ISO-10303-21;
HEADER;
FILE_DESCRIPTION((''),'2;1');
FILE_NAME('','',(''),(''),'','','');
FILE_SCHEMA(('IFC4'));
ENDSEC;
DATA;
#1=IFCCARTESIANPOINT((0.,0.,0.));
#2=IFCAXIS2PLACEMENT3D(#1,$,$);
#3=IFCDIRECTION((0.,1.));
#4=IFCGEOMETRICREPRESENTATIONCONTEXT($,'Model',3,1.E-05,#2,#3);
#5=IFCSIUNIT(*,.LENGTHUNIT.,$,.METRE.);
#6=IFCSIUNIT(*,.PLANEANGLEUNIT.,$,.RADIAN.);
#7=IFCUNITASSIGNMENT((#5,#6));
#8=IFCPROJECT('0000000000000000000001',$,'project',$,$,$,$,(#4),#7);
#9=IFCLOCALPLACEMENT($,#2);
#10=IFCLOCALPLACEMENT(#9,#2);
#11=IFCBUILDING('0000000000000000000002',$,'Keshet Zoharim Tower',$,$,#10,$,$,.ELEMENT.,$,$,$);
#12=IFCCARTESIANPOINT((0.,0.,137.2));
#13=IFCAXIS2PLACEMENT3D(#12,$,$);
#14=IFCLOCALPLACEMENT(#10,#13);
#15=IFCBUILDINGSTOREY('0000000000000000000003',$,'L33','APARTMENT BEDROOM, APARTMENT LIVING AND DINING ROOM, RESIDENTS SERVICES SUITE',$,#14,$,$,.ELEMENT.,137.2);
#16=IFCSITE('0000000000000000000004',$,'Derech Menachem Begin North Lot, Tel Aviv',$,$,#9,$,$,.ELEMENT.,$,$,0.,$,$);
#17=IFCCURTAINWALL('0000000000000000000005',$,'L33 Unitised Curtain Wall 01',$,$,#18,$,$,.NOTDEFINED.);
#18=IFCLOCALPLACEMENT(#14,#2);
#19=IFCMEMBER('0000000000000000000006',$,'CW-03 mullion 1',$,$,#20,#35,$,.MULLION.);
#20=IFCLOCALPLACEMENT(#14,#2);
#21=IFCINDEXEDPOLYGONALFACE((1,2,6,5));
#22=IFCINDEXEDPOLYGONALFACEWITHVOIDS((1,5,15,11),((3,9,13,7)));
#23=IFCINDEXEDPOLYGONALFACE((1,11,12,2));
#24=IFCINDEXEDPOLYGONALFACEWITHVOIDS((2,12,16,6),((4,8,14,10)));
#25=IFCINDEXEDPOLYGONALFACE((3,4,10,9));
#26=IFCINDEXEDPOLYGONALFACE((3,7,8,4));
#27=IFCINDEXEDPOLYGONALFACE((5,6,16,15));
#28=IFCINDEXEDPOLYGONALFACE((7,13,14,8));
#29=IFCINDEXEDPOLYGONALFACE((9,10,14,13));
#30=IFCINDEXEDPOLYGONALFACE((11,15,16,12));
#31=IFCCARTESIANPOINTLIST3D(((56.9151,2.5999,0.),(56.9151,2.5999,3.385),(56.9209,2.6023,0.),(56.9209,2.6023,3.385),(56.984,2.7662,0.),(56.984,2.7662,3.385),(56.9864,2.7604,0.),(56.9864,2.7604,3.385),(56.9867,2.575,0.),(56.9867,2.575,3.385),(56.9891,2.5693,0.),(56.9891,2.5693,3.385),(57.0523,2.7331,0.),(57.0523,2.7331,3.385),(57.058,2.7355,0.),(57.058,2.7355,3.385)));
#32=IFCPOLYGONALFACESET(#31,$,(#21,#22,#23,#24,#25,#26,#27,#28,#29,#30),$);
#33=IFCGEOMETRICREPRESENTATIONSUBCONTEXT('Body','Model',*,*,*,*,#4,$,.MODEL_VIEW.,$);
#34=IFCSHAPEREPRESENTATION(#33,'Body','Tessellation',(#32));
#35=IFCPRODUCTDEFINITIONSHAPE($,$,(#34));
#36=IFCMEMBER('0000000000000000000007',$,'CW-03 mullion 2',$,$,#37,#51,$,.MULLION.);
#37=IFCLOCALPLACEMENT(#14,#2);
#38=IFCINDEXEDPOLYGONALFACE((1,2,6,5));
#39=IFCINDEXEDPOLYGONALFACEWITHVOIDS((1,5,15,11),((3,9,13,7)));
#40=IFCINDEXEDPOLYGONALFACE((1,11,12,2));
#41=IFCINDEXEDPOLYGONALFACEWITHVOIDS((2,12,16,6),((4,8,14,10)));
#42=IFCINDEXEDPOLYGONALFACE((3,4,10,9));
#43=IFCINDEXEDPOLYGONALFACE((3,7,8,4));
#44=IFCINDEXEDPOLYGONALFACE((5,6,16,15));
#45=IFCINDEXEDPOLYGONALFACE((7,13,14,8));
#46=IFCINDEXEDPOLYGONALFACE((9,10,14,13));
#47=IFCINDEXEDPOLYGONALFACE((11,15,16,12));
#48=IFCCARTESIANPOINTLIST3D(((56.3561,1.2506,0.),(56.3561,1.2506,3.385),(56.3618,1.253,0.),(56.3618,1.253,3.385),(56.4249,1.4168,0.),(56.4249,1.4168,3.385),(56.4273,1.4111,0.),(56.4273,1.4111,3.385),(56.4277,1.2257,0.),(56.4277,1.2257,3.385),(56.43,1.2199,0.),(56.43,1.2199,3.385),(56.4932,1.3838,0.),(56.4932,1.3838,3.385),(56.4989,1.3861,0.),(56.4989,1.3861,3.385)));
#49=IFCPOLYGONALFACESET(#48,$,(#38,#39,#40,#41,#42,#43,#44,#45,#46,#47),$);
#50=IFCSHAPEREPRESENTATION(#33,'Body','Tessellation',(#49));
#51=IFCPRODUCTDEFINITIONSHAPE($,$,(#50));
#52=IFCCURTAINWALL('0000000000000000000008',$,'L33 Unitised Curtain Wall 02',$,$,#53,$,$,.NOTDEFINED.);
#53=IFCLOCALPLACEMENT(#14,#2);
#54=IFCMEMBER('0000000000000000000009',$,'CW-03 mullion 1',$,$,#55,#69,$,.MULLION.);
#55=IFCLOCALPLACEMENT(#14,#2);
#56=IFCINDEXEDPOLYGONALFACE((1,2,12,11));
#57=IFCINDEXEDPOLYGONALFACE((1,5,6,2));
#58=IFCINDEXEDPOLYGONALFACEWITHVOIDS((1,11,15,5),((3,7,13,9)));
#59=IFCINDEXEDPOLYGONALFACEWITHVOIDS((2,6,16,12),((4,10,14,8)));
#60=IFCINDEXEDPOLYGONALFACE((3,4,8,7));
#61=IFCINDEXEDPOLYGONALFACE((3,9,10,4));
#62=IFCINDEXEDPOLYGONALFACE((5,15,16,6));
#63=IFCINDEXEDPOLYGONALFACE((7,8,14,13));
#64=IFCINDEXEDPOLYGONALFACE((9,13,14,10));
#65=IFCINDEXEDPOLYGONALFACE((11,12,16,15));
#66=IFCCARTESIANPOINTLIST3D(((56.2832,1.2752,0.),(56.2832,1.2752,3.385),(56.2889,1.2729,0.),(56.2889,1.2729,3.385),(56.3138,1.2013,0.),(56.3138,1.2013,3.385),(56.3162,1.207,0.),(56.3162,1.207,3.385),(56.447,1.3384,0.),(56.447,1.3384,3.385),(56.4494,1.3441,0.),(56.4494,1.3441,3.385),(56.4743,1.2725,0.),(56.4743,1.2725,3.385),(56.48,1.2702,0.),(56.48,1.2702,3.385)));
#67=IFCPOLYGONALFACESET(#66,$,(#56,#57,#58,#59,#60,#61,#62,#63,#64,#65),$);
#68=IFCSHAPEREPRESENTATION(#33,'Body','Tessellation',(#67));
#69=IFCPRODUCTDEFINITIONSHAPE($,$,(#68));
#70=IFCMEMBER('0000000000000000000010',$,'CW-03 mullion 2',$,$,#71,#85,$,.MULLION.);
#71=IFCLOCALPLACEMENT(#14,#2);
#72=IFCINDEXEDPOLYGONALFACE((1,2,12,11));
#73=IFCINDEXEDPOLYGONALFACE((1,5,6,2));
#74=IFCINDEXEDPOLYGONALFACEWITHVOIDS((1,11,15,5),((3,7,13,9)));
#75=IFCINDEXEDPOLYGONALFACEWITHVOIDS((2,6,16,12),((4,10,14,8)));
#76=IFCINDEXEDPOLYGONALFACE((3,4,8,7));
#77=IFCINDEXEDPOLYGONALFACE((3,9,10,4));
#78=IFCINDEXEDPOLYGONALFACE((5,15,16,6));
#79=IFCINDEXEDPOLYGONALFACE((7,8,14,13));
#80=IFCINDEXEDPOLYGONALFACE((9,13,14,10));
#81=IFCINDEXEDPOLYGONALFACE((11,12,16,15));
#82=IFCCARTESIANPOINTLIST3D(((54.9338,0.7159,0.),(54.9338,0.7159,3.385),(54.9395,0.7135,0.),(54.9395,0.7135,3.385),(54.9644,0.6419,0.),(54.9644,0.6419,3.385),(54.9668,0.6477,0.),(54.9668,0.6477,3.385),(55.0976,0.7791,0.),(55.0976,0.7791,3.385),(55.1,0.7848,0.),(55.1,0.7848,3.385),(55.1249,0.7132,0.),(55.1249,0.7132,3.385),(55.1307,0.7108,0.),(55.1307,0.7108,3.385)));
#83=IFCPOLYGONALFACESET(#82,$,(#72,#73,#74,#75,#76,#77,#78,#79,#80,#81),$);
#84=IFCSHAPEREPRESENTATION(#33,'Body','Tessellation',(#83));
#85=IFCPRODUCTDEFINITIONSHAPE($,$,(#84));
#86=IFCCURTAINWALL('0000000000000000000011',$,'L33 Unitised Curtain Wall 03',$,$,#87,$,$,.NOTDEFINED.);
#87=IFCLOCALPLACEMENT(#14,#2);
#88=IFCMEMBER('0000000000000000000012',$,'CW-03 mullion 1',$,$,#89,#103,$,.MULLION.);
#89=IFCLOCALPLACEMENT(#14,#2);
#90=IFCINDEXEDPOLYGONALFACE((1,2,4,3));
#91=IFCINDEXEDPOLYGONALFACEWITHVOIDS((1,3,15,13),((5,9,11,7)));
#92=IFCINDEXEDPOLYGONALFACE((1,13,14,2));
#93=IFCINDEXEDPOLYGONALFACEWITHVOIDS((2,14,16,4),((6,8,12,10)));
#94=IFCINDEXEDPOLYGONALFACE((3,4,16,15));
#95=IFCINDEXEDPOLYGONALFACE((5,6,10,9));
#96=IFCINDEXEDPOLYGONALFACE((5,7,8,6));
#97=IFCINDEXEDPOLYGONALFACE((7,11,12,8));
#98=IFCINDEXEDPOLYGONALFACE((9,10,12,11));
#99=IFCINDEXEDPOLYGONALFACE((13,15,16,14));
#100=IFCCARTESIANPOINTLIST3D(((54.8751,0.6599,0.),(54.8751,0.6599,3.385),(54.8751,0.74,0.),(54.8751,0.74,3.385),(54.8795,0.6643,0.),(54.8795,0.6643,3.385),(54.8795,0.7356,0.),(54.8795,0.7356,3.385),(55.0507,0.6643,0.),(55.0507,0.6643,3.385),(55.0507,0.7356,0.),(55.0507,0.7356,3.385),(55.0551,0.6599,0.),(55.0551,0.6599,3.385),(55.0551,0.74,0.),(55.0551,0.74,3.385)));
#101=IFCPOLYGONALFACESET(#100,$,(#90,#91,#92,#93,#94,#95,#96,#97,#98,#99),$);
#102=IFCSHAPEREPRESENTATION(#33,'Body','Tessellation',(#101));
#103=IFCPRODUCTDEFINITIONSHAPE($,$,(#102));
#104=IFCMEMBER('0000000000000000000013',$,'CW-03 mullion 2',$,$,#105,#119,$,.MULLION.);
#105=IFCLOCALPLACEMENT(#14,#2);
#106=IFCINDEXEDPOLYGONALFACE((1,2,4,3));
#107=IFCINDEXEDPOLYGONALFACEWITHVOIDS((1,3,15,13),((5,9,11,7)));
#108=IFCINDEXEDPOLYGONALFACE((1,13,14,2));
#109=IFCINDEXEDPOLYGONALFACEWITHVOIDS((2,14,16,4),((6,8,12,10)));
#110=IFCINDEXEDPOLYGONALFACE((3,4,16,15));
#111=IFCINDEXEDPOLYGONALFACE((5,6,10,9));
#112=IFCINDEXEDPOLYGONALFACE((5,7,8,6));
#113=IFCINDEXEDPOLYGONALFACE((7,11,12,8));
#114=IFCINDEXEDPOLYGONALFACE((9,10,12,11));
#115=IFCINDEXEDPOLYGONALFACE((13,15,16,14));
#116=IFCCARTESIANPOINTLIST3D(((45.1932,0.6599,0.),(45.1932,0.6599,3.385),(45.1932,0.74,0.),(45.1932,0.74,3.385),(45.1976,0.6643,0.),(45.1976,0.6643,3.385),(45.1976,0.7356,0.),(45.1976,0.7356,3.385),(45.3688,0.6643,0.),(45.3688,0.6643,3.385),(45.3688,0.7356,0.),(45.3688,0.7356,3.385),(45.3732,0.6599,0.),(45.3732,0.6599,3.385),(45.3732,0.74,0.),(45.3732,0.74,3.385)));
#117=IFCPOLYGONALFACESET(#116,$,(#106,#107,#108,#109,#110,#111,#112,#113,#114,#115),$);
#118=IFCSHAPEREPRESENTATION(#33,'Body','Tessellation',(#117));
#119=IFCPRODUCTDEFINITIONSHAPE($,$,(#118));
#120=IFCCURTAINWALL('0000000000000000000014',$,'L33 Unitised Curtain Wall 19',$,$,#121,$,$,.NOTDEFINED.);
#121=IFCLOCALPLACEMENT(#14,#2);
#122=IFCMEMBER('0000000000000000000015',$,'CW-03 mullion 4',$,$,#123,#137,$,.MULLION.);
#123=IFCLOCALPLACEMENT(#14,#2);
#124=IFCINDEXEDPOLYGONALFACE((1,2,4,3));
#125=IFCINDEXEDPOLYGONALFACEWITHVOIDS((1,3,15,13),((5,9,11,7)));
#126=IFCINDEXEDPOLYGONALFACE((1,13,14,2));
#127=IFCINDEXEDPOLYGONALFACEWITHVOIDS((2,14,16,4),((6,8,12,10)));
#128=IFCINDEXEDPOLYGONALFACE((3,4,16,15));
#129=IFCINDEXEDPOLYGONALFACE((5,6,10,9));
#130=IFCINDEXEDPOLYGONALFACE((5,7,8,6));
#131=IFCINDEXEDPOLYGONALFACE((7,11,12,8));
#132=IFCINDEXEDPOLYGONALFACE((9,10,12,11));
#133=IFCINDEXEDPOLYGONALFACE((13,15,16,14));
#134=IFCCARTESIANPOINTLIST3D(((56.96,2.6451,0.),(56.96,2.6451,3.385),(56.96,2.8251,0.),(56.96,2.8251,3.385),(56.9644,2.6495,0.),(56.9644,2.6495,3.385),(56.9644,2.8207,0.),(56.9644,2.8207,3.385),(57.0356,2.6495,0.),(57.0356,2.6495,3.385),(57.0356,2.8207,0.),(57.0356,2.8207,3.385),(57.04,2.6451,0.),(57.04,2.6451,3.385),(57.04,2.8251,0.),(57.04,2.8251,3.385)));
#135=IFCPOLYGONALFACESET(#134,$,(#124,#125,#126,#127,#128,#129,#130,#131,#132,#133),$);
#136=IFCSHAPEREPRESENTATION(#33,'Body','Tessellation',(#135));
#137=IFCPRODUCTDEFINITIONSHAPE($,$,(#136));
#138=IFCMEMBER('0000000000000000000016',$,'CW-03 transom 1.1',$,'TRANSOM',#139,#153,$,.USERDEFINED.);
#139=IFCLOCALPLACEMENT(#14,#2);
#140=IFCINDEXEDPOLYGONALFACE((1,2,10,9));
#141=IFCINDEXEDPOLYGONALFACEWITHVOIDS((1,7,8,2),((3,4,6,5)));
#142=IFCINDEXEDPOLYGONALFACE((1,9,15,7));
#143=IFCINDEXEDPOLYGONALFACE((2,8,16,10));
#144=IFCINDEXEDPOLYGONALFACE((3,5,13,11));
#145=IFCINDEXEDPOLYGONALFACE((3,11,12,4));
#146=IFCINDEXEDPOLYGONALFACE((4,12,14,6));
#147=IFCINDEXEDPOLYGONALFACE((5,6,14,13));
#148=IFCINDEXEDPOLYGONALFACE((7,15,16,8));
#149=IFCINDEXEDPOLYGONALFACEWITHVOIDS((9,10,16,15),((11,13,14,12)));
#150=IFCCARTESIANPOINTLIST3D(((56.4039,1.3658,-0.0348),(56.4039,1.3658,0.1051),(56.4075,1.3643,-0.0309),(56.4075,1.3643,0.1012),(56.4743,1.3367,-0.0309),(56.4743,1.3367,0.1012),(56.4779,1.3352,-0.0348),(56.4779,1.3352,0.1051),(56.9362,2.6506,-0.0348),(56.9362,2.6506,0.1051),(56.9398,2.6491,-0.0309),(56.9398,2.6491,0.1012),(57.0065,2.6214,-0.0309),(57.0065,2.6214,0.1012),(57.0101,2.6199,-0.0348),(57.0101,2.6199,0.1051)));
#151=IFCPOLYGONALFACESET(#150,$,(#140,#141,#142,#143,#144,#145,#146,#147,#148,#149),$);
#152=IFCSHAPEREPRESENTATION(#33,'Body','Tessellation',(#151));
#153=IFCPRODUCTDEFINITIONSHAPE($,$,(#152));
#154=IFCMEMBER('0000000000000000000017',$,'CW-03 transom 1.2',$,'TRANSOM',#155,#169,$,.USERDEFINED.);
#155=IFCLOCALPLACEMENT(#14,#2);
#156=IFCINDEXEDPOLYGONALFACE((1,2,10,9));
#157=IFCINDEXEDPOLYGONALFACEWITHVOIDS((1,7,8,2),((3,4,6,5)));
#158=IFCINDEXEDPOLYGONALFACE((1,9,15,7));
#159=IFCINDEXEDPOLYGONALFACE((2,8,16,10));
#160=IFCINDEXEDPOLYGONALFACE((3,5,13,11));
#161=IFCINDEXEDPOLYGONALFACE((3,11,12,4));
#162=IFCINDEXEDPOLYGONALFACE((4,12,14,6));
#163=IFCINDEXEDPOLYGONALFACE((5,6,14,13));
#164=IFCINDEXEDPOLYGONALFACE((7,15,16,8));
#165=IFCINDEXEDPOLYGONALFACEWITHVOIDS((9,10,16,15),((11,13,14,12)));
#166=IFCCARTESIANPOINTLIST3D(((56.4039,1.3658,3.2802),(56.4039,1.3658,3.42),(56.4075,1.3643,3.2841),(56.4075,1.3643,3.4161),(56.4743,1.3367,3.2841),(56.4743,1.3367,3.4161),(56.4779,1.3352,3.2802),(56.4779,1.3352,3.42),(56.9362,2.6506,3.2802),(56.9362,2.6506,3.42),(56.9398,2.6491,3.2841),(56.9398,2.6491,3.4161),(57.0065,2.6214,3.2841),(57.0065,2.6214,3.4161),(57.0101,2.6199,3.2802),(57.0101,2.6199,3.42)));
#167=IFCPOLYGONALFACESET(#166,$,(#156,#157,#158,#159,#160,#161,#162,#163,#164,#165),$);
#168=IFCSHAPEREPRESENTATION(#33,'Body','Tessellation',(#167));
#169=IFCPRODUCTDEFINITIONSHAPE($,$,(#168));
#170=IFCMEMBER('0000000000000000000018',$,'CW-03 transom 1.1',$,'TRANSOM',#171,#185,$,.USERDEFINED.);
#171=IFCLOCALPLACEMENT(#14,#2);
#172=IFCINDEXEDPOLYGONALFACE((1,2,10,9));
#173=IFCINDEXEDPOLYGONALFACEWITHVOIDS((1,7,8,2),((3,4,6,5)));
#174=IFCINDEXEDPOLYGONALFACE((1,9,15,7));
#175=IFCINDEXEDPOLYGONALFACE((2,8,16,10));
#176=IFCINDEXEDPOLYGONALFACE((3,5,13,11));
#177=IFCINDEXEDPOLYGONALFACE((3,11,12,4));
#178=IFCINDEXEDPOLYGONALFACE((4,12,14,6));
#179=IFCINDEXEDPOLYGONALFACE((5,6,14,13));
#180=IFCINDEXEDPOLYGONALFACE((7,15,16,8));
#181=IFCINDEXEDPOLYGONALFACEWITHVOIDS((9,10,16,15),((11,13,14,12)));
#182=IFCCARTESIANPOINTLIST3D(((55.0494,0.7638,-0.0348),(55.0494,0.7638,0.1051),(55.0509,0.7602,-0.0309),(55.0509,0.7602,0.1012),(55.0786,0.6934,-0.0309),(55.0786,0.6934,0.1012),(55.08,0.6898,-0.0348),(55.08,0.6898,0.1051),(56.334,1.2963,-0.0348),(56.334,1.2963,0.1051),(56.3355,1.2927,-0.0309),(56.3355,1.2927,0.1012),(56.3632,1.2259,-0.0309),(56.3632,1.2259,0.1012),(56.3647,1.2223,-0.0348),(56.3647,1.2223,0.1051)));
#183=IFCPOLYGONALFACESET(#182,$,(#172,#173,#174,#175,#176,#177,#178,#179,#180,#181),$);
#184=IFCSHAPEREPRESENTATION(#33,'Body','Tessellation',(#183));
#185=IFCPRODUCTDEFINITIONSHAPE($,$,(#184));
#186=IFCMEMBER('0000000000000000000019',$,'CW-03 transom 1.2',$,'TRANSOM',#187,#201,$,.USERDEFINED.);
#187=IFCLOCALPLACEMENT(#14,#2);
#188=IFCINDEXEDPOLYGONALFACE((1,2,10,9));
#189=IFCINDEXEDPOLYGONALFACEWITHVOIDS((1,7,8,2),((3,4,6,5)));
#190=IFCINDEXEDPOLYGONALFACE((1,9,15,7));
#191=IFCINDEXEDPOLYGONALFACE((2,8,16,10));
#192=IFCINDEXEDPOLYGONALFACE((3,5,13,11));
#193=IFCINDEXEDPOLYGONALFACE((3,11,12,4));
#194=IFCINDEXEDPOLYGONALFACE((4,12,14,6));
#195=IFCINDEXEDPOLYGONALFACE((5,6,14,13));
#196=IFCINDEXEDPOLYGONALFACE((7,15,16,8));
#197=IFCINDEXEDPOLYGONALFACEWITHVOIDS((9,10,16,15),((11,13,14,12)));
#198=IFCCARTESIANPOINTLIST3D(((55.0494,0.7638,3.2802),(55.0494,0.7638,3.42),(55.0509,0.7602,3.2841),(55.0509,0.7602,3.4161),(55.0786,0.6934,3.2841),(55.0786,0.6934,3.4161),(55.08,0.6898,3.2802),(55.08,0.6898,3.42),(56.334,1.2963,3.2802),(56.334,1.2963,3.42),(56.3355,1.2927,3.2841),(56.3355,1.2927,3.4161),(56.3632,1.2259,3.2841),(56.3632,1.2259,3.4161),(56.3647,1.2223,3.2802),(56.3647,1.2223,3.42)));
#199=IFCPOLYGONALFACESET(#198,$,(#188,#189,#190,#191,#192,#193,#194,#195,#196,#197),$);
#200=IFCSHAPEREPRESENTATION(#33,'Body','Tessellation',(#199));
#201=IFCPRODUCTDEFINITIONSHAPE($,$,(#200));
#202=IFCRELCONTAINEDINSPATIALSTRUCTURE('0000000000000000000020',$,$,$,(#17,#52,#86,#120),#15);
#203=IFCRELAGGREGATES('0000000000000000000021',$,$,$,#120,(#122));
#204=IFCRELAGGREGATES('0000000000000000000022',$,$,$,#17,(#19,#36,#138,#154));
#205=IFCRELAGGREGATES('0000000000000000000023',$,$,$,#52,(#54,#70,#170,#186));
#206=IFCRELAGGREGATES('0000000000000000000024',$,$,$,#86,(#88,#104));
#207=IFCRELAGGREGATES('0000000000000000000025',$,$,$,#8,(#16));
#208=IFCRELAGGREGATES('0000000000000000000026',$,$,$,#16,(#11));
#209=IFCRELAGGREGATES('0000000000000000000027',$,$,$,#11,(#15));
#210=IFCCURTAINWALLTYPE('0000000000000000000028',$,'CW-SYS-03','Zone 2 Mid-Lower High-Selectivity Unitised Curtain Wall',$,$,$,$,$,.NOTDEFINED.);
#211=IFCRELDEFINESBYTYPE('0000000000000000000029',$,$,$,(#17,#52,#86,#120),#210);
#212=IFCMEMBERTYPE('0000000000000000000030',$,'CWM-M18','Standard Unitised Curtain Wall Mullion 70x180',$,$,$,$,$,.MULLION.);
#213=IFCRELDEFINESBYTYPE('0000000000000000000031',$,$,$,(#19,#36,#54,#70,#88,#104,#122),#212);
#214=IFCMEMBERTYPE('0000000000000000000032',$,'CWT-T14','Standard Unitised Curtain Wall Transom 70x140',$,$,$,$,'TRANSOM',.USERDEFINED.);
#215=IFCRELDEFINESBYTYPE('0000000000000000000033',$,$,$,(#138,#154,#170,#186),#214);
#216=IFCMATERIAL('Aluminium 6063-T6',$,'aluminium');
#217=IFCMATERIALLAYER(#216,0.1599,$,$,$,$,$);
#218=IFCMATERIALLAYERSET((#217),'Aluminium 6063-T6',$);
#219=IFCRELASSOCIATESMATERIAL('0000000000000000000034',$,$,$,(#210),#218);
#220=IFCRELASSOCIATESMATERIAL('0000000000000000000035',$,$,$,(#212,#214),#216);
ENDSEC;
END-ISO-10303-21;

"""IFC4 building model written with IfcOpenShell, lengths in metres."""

from ifc_helpers import new_model, si_unit, direction, frame, origin, origin_2d, place, context, subcontext, project, spatial, hollow_rectangle, extrude, material, layer, layer_set, material_profile, profile_set, type_object, element, aggregate, save


model = new_model("IFC4")

# Units and contexts
model_context = context("Model", 3, precision=1e-05, world=origin(), true_north=direction((0.0, 1.0)))
body_context = subcontext(model_context, "Body", "Model", "MODEL_VIEW")
ifc_project = project(units=[si_unit("LENGTHUNIT", "METRE"), si_unit("PLANEANGLEUNIT", "RADIAN")], contexts=[model_context])

# Site, building, storey
site_placement = place(None, origin())
site = spatial("IfcSite", under=ifc_project, at=site_placement, Name="Derech Menachem Begin North Lot, Tel Aviv", CompositionType="ELEMENT", RefElevation=0.0)
building_placement = place(site_placement, origin())
building = spatial("IfcBuilding", under=site, at=building_placement, Name="Keshet Zoharim Tower", CompositionType="ELEMENT")
storey_placement = place(building_placement, frame((0.0, 0.0, 137.2)))
storey = spatial("IfcBuildingStorey", under=building, at=storey_placement, Name="L33", Description="APARTMENT BEDROOM, APARTMENT LIVING AND DINING ROOM, RESIDENTS SERVICES SUITE", CompositionType="ELEMENT", Elevation=137.2)

# Curtain walls, members
ifc_material_1 = material(Name="Aluminium 6063-T6", Category="aluminium")
ifc_layer_1 = layer(ifc_material_1, 0.1599)
ifc_layer_set_1 = layer_set([ifc_layer_1], Name="Aluminium 6063-T6")
curtain_wall_type = type_object("IfcCurtainWallType", Name="CW-SYS-03", Description="Zone 2 Mid-Lower High-Selectivity Unitised Curtain Wall", PredefinedType="NOTDEFINED", material=ifc_layer_set_1)
curtain_wall_1_placement = place(storey_placement, origin())
curtain_wall_1 = element("IfcCurtainWall", 1, at=curtain_wall_1_placement, inside=storey, type_object=curtain_wall_type, Name="L33 Unitised Curtain Wall 01", PredefinedType="NOTDEFINED")
ifc_material_profile_1 = material_profile(ifc_material_1, hollow_rectangle(XDim=0.0801, YDim=0.1799, WallThickness=0.0044, at=origin_2d()), Name="MUL-80x180")
ifc_profile_set_1 = profile_set([ifc_material_profile_1], Name="Aluminium 6063-T6")
member_type_1 = type_object("IfcMemberType", Name="CWM-M18", Description="Standard Unitised Curtain Wall Mullion 70x180", PredefinedType="MULLION", material=ifc_profile_set_1)
member_1_placement = place(storey_placement, frame((56.9866, 2.6677, 0.0), z_axis=(0.0, 0.0, 1.0), x_axis=(0.92381, -0.382852, 0.0)))
member_1 = element("IfcMember", 2, at=member_1_placement, type_object=member_type_1, Name="CW-03 mullion 1", PredefinedType="MULLION", context=body_context, shape_type="SweptSolid", body=[
    extrude(hollow_rectangle(XDim=0.0801, YDim=0.1799, WallThickness=0.0044, at=origin_2d()), origin(), (0.0, 0.0, 1.0), 3.385),
])
member_2_placement = place(storey_placement, frame((56.4275, 1.3184, 0.0), z_axis=(0.0, 0.0, 1.0), x_axis=(0.92381, -0.382852, 0.0)))
member_2 = element("IfcMember", 3, at=member_2_placement, type_object=member_type_1, Name="CW-03 mullion 2", PredefinedType="MULLION", context=body_context, shape_type="SweptSolid", body=[
    extrude(hollow_rectangle(XDim=0.0801, YDim=0.1799, WallThickness=0.0044, at=origin_2d()), origin(), (0.0, 0.0, 1.0), 3.385),
])
curtain_wall_2_placement = place(storey_placement, origin())
curtain_wall_2 = element("IfcCurtainWall", 4, at=curtain_wall_2_placement, inside=storey, type_object=curtain_wall_type, Name="L33 Unitised Curtain Wall 02", PredefinedType="NOTDEFINED")
member_3_placement = place(storey_placement, frame((56.3816, 1.2727, 0.0), z_axis=(0.0, 0.0, 1.0), x_axis=(0.382852, -0.92381, 0.0)))
member_3 = element("IfcMember", 5, at=member_3_placement, type_object=member_type_1, Name="CW-03 mullion 1", PredefinedType="MULLION", context=body_context, shape_type="SweptSolid", body=[
    extrude(hollow_rectangle(XDim=0.0801, YDim=0.1799, WallThickness=0.0044, at=origin_2d()), origin(), (0.0, 0.0, 1.0), 3.385),
])
member_4_placement = place(storey_placement, frame((55.0322, 0.7134, 0.0), z_axis=(0.0, 0.0, 1.0), x_axis=(0.382852, -0.92381, 0.0)))
member_4 = element("IfcMember", 6, at=member_4_placement, type_object=member_type_1, Name="CW-03 mullion 2", PredefinedType="MULLION", context=body_context, shape_type="SweptSolid", body=[
    extrude(hollow_rectangle(XDim=0.0801, YDim=0.1799, WallThickness=0.0044, at=origin_2d()), origin(), (0.0, 0.0, 1.0), 3.385),
])
curtain_wall_3_placement = place(storey_placement, origin())
curtain_wall_3 = element("IfcCurtainWall", 7, at=curtain_wall_3_placement, inside=storey, type_object=curtain_wall_type, Name="L33 Unitised Curtain Wall 03", PredefinedType="NOTDEFINED")
member_5_placement = place(storey_placement, frame((54.9651, 0.7, 0.0), z_axis=(0.0, 0.0, 1.0), x_axis=(0.0, -1.0, 0.0)))
member_5 = element("IfcMember", 8, at=member_5_placement, type_object=member_type_1, Name="CW-03 mullion 1", PredefinedType="MULLION", context=body_context, shape_type="SweptSolid", body=[
    extrude(hollow_rectangle(XDim=0.0801, YDim=0.1799, WallThickness=0.0044, at=origin_2d()), origin(), (0.0, 0.0, 1.0), 3.385),
])
member_6_placement = place(storey_placement, frame((45.2832, 0.7, 0.0), z_axis=(0.0, 0.0, 1.0), x_axis=(0.0, -1.0, 0.0)))
member_6 = element("IfcMember", 9, at=member_6_placement, type_object=member_type_1, Name="CW-03 mullion 2", PredefinedType="MULLION", context=body_context, shape_type="SweptSolid", body=[
    extrude(hollow_rectangle(XDim=0.0801, YDim=0.1799, WallThickness=0.0044, at=origin_2d()), origin(), (0.0, 0.0, 1.0), 3.385),
])

# Curtain wall, member
curtain_wall_4_placement = place(storey_placement, origin())
curtain_wall_4 = element("IfcCurtainWall", 10, at=curtain_wall_4_placement, inside=storey, type_object=curtain_wall_type, Name="L33 Unitised Curtain Wall 19", PredefinedType="NOTDEFINED")
member_7_placement = place(storey_placement, frame((57.0, 2.7351, 0.0), z_axis=(0.0, 0.0, 1.0), x_axis=(1.0, 0.0, 0.0)))
member_7 = element("IfcMember", 11, at=member_7_placement, type_object=member_type_1, Name="CW-03 mullion 4", PredefinedType="MULLION", context=body_context, shape_type="SweptSolid", body=[
    extrude(hollow_rectangle(XDim=0.0801, YDim=0.1799, WallThickness=0.0044, at=origin_2d()), origin(), (0.0, 0.0, 1.0), 3.385),
])
aggregate(curtain_wall_4, [member_7])

# Members
ifc_material_profile_2 = material_profile(ifc_material_1, hollow_rectangle(XDim=0.0801, YDim=0.1399, WallThickness=0.0039, at=origin_2d()), Name="TRN-80x140")
ifc_profile_set_2 = profile_set([ifc_material_profile_2], Name="Aluminium 6063-T6")
member_type_2 = type_object("IfcMemberType", Name="CWT-T14", Description="Standard Unitised Curtain Wall Transom 70x140", ElementType="TRANSOM", PredefinedType="USERDEFINED", material=ifc_profile_set_2)
member_8_placement = place(storey_placement, frame((56.9731, 2.6353, 0.0352), z_axis=(-0.382745, -0.923854, 0.0), x_axis=(0.923854, -0.382745, 0.0)))
member_8 = element("IfcMember", 12, at=member_8_placement, type_object=member_type_2, Name="CW-03 transom 1.1", ObjectType="TRANSOM", PredefinedType="USERDEFINED", context=body_context, shape_type="SweptSolid", body=[
    extrude(hollow_rectangle(XDim=0.0801, YDim=0.1399, WallThickness=0.0039, at=origin_2d()), origin(), (0.0, 0.0, 1.0), 1.3906),
])
member_9_placement = place(storey_placement, frame((56.9731, 2.6353, 3.3501), z_axis=(-0.382745, -0.923854, 0.0), x_axis=(0.923854, -0.382745, 0.0)))
member_9 = element("IfcMember", 13, at=member_9_placement, type_object=member_type_2, Name="CW-03 transom 1.2", ObjectType="TRANSOM", PredefinedType="USERDEFINED", context=body_context, shape_type="SweptSolid", body=[
    extrude(hollow_rectangle(XDim=0.0801, YDim=0.1399, WallThickness=0.0039, at=origin_2d()), origin(), (0.0, 0.0, 1.0), 1.3906),
])
member_10_placement = place(storey_placement, frame((56.3494, 1.2593, 0.0352), z_axis=(-0.923792, -0.382894, 0.0), x_axis=(0.382894, -0.923792, 0.0)))
member_10 = element("IfcMember", 14, at=member_10_placement, type_object=member_type_2, Name="CW-03 transom 1.1", ObjectType="TRANSOM", PredefinedType="USERDEFINED", context=body_context, shape_type="SweptSolid", body=[
    extrude(hollow_rectangle(XDim=0.0801, YDim=0.1399, WallThickness=0.0039, at=origin_2d()), origin(), (0.0, 0.0, 1.0), 1.3906),
])
member_11_placement = place(storey_placement, frame((56.3494, 1.2593, 3.3501), z_axis=(-0.923792, -0.382894, 0.0), x_axis=(0.382894, -0.923792, 0.0)))
member_11 = element("IfcMember", 15, at=member_11_placement, type_object=member_type_2, Name="CW-03 transom 1.2", ObjectType="TRANSOM", PredefinedType="USERDEFINED", context=body_context, shape_type="SweptSolid", body=[
    extrude(hollow_rectangle(XDim=0.0801, YDim=0.1399, WallThickness=0.0039, at=origin_2d()), origin(), (0.0, 0.0, 1.0), 1.3906),
])

aggregate(curtain_wall_1, [member_1, member_2, member_8, member_9])
aggregate(curtain_wall_2, [member_3, member_4, member_10, member_11])
aggregate(curtain_wall_3, [member_5, member_6])

save(model, "model.ifc")
